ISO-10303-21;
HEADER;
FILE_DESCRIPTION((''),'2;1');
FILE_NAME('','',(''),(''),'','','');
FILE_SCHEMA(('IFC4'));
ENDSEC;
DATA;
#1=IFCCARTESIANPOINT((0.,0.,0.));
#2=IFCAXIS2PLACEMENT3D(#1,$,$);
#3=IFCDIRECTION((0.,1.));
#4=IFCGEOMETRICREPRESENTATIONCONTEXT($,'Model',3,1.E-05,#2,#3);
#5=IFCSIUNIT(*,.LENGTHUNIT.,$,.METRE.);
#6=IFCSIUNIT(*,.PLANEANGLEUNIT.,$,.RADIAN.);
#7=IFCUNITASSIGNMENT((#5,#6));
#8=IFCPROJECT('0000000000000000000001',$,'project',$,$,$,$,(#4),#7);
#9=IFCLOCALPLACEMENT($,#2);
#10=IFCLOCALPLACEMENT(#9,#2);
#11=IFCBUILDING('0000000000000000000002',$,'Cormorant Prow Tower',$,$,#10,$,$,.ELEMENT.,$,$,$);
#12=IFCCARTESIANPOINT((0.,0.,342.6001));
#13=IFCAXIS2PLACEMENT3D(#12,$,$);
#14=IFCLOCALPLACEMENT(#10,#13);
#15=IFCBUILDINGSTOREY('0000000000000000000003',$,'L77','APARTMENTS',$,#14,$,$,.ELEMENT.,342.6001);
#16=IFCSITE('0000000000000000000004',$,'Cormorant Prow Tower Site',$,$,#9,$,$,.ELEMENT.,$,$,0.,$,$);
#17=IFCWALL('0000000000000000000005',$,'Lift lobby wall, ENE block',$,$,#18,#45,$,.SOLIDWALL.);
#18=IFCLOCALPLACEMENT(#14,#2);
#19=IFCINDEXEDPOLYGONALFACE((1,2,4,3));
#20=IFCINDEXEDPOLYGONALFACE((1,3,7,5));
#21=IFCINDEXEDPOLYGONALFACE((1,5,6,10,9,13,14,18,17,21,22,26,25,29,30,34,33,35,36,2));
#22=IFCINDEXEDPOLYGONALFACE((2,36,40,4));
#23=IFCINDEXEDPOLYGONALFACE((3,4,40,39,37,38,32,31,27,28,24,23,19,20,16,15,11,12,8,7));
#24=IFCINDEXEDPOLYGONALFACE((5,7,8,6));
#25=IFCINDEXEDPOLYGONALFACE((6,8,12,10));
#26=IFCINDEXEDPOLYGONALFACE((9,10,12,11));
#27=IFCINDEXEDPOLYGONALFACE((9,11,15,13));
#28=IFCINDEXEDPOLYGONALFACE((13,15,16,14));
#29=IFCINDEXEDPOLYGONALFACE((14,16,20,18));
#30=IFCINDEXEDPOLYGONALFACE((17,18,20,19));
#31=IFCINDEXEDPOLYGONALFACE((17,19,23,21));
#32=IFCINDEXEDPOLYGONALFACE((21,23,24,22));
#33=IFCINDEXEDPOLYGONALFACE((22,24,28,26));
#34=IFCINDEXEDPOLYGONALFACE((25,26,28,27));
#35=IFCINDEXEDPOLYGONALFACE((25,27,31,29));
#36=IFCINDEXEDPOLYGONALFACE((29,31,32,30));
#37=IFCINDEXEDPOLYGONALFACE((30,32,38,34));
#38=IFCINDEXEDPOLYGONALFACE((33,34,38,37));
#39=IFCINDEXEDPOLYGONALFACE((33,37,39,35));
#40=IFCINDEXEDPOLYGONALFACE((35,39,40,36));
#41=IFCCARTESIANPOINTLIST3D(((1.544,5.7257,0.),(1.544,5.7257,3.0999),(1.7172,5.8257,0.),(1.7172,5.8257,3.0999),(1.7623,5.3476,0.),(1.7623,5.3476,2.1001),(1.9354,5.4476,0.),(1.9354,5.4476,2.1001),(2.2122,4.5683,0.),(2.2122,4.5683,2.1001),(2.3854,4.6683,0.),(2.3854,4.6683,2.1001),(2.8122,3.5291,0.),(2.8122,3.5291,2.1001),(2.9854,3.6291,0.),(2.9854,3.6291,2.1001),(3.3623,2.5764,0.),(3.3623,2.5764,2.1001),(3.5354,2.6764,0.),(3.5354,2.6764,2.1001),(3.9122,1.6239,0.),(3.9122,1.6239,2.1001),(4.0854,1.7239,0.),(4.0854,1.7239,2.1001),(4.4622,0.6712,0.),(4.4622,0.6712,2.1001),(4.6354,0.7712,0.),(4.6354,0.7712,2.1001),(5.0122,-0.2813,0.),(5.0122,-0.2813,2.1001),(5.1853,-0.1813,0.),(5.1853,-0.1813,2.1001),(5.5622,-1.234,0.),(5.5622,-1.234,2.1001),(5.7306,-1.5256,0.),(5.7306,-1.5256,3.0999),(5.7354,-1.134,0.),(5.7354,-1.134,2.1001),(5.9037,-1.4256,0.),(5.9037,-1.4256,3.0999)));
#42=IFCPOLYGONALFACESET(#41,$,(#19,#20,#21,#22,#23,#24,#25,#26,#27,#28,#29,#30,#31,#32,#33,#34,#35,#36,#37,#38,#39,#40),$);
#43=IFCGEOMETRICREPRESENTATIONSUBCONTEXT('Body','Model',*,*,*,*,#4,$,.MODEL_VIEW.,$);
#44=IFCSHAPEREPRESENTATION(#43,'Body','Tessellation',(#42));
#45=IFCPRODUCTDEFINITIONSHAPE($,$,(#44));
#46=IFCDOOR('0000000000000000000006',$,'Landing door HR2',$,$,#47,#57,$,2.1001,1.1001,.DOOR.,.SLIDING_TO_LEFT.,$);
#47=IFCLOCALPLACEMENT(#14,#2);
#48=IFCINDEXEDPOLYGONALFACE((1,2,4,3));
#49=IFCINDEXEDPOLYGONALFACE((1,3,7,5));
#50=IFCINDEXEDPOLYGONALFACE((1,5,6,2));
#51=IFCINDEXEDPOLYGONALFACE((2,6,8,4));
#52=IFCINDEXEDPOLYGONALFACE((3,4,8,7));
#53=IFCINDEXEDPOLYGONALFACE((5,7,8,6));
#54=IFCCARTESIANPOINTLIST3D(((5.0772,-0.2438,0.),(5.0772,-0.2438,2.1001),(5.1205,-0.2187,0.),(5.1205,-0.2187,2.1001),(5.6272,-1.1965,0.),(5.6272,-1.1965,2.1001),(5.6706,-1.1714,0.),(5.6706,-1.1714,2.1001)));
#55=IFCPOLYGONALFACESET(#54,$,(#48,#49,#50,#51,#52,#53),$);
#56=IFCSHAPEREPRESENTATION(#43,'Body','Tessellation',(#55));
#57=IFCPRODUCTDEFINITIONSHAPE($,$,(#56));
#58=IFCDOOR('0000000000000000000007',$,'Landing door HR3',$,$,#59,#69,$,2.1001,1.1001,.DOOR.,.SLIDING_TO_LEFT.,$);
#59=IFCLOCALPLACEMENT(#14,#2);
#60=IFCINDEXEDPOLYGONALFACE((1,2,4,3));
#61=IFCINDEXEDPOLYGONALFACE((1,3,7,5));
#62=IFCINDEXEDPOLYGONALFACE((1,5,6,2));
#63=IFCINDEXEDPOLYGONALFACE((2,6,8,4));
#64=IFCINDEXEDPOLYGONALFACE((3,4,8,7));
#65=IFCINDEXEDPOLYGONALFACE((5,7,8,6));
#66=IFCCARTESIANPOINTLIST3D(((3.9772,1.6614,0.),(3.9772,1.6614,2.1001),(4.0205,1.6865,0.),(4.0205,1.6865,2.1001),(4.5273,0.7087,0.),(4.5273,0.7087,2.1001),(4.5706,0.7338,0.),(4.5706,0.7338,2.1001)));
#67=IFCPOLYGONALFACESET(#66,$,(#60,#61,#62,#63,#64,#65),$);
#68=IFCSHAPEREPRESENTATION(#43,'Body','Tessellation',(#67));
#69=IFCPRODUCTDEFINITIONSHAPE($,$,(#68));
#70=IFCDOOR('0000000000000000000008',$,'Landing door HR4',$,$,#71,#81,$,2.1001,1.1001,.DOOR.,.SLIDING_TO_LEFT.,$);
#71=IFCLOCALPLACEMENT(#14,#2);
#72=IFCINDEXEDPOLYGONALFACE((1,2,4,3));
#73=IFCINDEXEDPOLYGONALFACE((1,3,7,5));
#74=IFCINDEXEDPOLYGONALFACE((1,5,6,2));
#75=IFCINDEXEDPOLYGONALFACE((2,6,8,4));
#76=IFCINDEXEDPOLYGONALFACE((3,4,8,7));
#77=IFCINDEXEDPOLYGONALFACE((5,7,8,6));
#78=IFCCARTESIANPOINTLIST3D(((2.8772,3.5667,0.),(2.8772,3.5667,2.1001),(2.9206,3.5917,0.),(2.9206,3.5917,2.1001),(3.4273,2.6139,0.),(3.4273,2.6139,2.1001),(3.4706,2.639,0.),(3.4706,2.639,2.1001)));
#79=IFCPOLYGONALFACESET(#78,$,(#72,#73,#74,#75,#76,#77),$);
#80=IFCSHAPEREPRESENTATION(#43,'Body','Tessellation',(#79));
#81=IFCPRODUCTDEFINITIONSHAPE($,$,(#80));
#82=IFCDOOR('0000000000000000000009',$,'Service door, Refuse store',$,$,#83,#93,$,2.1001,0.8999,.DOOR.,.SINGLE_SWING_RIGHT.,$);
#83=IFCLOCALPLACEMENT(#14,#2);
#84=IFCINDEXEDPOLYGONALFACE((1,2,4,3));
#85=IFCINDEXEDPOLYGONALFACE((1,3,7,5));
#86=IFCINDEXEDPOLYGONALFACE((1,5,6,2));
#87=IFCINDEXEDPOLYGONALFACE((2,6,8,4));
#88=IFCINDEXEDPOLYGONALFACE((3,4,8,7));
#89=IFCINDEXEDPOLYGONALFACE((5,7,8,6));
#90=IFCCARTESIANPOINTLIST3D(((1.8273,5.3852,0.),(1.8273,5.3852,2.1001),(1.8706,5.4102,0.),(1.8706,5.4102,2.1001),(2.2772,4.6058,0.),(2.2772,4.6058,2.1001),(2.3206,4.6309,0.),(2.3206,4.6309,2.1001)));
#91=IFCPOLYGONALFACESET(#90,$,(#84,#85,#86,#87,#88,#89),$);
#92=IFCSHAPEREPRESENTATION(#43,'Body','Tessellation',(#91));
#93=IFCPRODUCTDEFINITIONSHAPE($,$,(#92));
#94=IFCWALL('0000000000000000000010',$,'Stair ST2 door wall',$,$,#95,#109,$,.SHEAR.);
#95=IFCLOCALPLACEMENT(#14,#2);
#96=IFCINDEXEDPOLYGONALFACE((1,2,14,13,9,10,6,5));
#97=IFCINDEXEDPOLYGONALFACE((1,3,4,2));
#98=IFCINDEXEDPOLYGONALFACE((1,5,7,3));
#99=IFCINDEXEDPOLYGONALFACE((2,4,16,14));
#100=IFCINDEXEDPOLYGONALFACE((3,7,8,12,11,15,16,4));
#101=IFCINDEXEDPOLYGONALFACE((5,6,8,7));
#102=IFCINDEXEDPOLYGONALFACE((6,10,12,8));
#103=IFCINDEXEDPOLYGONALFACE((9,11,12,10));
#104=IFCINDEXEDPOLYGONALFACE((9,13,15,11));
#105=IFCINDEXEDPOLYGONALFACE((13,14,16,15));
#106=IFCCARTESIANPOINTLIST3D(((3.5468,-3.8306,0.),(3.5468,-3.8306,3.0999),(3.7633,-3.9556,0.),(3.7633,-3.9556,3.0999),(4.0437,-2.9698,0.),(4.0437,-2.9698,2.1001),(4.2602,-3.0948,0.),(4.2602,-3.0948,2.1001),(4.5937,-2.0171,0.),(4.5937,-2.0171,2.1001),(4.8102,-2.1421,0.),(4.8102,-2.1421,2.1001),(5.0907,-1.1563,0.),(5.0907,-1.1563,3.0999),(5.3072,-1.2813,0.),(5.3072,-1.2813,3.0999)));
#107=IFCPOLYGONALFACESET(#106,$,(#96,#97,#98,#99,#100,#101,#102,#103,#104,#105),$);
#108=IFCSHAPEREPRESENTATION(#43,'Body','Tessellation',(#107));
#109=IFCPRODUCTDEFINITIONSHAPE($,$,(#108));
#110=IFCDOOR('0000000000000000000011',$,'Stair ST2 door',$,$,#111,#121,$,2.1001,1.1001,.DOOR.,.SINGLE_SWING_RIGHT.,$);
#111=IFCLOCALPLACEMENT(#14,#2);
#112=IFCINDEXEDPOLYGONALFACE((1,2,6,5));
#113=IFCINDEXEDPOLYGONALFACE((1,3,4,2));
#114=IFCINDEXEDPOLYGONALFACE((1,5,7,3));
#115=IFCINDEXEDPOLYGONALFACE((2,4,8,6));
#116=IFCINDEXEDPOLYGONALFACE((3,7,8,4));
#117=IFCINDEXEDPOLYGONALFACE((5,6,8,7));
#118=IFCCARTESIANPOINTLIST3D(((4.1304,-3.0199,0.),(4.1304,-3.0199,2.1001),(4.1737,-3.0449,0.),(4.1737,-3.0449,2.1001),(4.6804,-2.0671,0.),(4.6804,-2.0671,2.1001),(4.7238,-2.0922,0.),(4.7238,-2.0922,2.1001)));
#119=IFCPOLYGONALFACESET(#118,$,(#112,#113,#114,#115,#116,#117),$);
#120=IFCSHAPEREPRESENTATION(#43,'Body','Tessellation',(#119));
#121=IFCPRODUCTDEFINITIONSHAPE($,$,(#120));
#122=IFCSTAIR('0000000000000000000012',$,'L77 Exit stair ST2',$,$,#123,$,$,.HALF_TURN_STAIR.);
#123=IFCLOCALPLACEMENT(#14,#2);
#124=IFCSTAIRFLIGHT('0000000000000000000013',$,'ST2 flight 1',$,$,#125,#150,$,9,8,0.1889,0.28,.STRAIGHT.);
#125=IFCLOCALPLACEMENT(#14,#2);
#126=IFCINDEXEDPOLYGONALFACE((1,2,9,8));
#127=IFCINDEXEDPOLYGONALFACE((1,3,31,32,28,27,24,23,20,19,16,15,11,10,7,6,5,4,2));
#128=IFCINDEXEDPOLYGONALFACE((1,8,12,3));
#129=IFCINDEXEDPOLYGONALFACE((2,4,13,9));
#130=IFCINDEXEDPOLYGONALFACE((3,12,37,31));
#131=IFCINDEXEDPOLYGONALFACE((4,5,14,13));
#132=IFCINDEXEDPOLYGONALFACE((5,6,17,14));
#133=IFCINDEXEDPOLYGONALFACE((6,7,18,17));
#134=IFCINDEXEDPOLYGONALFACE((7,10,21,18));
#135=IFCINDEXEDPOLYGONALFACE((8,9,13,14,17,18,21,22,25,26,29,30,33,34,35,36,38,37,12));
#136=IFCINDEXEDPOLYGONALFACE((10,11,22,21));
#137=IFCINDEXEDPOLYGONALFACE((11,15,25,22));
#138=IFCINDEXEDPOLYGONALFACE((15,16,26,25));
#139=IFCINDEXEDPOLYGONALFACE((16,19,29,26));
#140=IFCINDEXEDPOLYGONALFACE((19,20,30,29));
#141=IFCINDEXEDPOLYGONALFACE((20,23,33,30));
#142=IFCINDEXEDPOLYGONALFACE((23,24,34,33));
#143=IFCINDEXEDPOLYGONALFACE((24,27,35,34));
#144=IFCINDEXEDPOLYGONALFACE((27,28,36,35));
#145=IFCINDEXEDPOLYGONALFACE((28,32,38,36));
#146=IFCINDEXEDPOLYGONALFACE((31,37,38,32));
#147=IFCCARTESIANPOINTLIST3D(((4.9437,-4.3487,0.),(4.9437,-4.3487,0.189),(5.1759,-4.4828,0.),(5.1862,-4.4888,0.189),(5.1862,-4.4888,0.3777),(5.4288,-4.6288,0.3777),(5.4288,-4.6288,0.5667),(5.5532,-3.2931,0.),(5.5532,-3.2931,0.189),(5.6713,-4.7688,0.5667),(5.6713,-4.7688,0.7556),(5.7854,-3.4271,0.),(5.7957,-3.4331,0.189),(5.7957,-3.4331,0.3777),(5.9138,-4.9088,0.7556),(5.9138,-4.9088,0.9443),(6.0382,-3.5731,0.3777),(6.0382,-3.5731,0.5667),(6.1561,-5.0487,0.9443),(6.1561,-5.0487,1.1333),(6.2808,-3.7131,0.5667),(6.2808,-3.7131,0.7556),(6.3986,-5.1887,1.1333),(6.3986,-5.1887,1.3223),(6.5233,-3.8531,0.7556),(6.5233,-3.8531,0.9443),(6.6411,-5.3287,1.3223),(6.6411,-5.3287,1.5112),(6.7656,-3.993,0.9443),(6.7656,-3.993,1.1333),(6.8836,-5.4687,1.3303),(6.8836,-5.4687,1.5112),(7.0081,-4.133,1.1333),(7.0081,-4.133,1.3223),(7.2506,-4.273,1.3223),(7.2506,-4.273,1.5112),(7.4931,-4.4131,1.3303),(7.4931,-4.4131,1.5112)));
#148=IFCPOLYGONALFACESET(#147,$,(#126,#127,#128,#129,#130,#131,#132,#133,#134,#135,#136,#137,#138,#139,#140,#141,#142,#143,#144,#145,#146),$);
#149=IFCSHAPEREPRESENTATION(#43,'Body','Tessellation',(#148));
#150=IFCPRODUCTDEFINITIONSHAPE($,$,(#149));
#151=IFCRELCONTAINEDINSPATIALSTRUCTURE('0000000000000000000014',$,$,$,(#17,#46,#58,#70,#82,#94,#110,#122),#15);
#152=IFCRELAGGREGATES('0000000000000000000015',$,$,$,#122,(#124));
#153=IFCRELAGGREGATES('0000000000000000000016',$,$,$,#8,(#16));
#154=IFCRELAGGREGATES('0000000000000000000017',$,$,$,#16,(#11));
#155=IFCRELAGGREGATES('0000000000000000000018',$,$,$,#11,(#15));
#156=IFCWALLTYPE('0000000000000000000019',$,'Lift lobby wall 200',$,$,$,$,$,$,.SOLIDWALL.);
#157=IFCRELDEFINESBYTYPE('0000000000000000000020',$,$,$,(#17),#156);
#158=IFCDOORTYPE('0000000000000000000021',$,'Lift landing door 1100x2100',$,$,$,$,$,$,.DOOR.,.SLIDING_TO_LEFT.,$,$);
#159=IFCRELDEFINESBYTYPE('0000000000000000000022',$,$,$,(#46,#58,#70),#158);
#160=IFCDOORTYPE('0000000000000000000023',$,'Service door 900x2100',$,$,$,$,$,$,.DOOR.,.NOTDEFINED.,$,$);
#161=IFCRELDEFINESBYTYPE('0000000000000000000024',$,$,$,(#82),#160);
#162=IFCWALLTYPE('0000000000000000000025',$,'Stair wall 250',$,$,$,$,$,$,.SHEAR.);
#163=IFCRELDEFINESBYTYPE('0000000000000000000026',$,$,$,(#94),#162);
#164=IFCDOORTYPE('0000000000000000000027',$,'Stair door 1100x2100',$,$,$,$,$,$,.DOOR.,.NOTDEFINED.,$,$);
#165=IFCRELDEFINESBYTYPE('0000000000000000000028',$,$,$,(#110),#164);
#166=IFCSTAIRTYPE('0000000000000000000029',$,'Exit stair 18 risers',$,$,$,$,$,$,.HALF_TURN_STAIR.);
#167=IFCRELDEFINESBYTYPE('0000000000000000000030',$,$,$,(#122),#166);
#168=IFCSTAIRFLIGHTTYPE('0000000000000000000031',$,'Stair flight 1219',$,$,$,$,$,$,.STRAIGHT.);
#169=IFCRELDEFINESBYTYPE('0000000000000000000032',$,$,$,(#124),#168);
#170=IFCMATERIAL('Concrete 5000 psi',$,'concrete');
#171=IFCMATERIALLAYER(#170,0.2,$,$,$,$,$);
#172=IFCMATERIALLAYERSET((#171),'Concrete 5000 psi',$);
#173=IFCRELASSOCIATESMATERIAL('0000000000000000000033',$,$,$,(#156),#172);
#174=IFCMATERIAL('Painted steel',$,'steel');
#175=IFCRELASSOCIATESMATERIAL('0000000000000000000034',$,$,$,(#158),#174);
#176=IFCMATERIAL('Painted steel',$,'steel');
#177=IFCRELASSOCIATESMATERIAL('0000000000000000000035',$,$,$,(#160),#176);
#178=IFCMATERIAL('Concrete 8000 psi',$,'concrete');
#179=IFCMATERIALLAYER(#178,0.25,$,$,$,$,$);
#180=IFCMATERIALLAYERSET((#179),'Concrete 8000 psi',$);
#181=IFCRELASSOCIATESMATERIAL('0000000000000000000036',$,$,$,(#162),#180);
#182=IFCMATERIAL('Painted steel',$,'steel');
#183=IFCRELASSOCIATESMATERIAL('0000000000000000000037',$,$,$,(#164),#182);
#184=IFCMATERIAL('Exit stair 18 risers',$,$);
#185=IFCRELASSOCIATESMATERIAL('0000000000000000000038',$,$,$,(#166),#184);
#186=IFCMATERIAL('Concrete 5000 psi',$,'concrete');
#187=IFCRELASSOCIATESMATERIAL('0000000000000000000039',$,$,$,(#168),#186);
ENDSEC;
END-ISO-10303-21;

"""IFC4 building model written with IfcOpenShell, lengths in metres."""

from ifc_helpers import new_model, si_unit, direction, frame, frame_2d, origin, place, context, subcontext, project, spatial, polyline, rectangle, outline, extrude, material, layer, layer_set, type_object, element, fill, aggregate, save


model = new_model("IFC4")

# Units and contexts
model_context = context("Model", 3, precision=1e-05, world=origin(), true_north=direction((0.0, 1.0)))
body_context = subcontext(model_context, "Body", "Model", "MODEL_VIEW")
ifc_project = project(units=[si_unit("LENGTHUNIT", "METRE"), si_unit("PLANEANGLEUNIT", "RADIAN")], contexts=[model_context])

# Site, building, storey
site_placement = place(None, origin())
site = spatial("IfcSite", under=ifc_project, at=site_placement, Name="Cormorant Prow Tower Site", CompositionType="ELEMENT", RefElevation=0.0)
building_placement = place(site_placement, origin())
building = spatial("IfcBuilding", under=site, at=building_placement, Name="Cormorant Prow Tower", CompositionType="ELEMENT")
storey_placement = place(building_placement, frame((0.0, 0.0, 342.6001)))
storey = spatial("IfcBuildingStorey", under=building, at=storey_placement, Name="L77", Description="APARTMENTS", CompositionType="ELEMENT", Elevation=342.6001)

# Wall, openings, doors
ifc_material_1 = material(Name="Concrete 5000 psi", Category="concrete")
ifc_layer_1 = layer(ifc_material_1, 0.2)
ifc_layer_set_1 = layer_set([ifc_layer_1], Name="Concrete 5000 psi")
wall_type_1 = type_object("IfcWallType", Name="Lift lobby wall 200", PredefinedType="SOLIDWALL", material=ifc_layer_set_1)
wall_1_placement = place(storey_placement, frame((5.8171, -1.4756, 0.0), z_axis=(0.0, 0.0, 1.0), x_axis=(-0.500003, 0.866024, 0.0)))
wall_1 = element("IfcWall", 1, at=wall_1_placement, inside=storey, type_object=wall_type_1, Name="Lift lobby wall, ENE block", PredefinedType="SOLIDWALL", context=body_context, shape_type="SweptSolid", body=[
    extrude(rectangle(XDim=8.373, YDim=0.2, at=frame_2d((4.1865, 0.0))), origin(), (0.0, 0.0, 1.0), 3.0999),
])
opening_1_placement = place(wall_1_placement, frame((0.3367, 0.0, 0.0)))
opening_1 = element("IfcOpeningElement", 2, at=opening_1_placement, cuts=wall_1, PredefinedType="OPENING", context=body_context, shape_type="SweptSolid", body=[
    extrude(rectangle(XDim=1.1001, YDim=2.1001, at=frame_2d((0.55, 1.05))), frame((0.0, 0.1099, 0.0), z_axis=(0.0, -1.0, 0.0), x_axis=(1.0, 0.0, 0.0)), (0.0, 0.0, 1.0), 0.22),
])
opening_2_placement = place(wall_1_placement, frame((2.5366, 0.0, 0.0)))
opening_2 = element("IfcOpeningElement", 3, at=opening_2_placement, cuts=wall_1, PredefinedType="OPENING", context=body_context, shape_type="SweptSolid", body=[
    extrude(rectangle(XDim=1.1001, YDim=2.1001, at=frame_2d((0.55, 1.05))), frame((0.0, 0.1099, 0.0), z_axis=(0.0, -1.0, 0.0), x_axis=(1.0, 0.0, 0.0)), (0.0, 0.0, 1.0), 0.22),
])
opening_3_placement = place(wall_1_placement, frame((4.7366, 0.0, 0.0)))
opening_3 = element("IfcOpeningElement", 4, at=opening_3_placement, cuts=wall_1, PredefinedType="OPENING", context=body_context, shape_type="SweptSolid", body=[
    extrude(rectangle(XDim=1.1001, YDim=2.1001, at=frame_2d((0.55, 1.05))), frame((0.0, 0.1099, 0.0), z_axis=(0.0, -1.0, 0.0), x_axis=(1.0, 0.0, 0.0)), (0.0, 0.0, 1.0), 0.22),
])
opening_4_placement = place(wall_1_placement, frame((7.0366, 0.0, 0.0)))
opening_4 = element("IfcOpeningElement", 5, at=opening_4_placement, cuts=wall_1, PredefinedType="OPENING", context=body_context, shape_type="SweptSolid", body=[
    extrude(rectangle(XDim=0.8999, YDim=2.1001, at=frame_2d((0.45, 1.05))), frame((0.0, 0.1099, 0.0), z_axis=(0.0, -1.0, 0.0), x_axis=(1.0, 0.0, 0.0)), (0.0, 0.0, 1.0), 0.22),
])
ifc_material_2 = material(Name="Painted steel", Category="steel")
door_type_1 = type_object("IfcDoorType", Name="Lift landing door 1100x2100", OperationType="SLIDING_TO_LEFT", PredefinedType="DOOR", material=ifc_material_2)
door_1_placement = place(opening_1_placement, origin())
door_1 = element("IfcDoor", 6, at=door_1_placement, inside=storey, type_object=door_type_1, Name="Landing door HR2", OperationType="SLIDING_TO_LEFT", OverallHeight=2.1001, OverallWidth=1.1001, PredefinedType="DOOR", context=body_context, shape_type="SweptSolid", body=[
    extrude(rectangle(XDim=1.1001, YDim=2.1001, at=frame_2d((0.55, 1.05))), frame((0.0, 0.0249, 0.0), z_axis=(0.0, -1.0, 0.0), x_axis=(1.0, 0.0, 0.0)), (0.0, 0.0, 1.0), 0.05),
])
fill(opening_1, door_1)
door_2_placement = place(opening_2_placement, origin())
door_2 = element("IfcDoor", 7, at=door_2_placement, inside=storey, type_object=door_type_1, Name="Landing door HR3", OperationType="SLIDING_TO_LEFT", OverallHeight=2.1001, OverallWidth=1.1001, PredefinedType="DOOR", context=body_context, shape_type="SweptSolid", body=[
    extrude(rectangle(XDim=1.1001, YDim=2.1001, at=frame_2d((0.55, 1.05))), frame((0.0, 0.0249, 0.0), z_axis=(0.0, -1.0, 0.0), x_axis=(1.0, 0.0, 0.0)), (0.0, 0.0, 1.0), 0.05),
])
fill(opening_2, door_2)
door_3_placement = place(opening_3_placement, origin())
door_3 = element("IfcDoor", 8, at=door_3_placement, inside=storey, type_object=door_type_1, Name="Landing door HR4", OperationType="SLIDING_TO_LEFT", OverallHeight=2.1001, OverallWidth=1.1001, PredefinedType="DOOR", context=body_context, shape_type="SweptSolid", body=[
    extrude(rectangle(XDim=1.1001, YDim=2.1001, at=frame_2d((0.55, 1.05))), frame((0.0, 0.0249, 0.0), z_axis=(0.0, -1.0, 0.0), x_axis=(1.0, 0.0, 0.0)), (0.0, 0.0, 1.0), 0.05),
])
fill(opening_3, door_3)
ifc_material_3 = material(Name="Painted steel", Category="steel")
door_type_2 = type_object("IfcDoorType", Name="Service door 900x2100", OperationType="NOTDEFINED", PredefinedType="DOOR", material=ifc_material_3)
door_4_placement = place(opening_4_placement, origin())
door_4 = element("IfcDoor", 9, at=door_4_placement, inside=storey, type_object=door_type_2, Name="Service door, Refuse store", OperationType="SINGLE_SWING_RIGHT", OverallHeight=2.1001, OverallWidth=0.8999, PredefinedType="DOOR", context=body_context, shape_type="SweptSolid", body=[
    extrude(rectangle(XDim=0.8999, YDim=2.1001, at=frame_2d((0.45, 1.05))), frame((0.0, 0.0249, 0.0), z_axis=(0.0, -1.0, 0.0), x_axis=(1.0, 0.0, 0.0)), (0.0, 0.0, 1.0), 0.05),
])
fill(opening_4, door_4)

# Wall, opening, door
ifc_material_4 = material(Name="Concrete 8000 psi", Category="concrete")
ifc_layer_2 = layer(ifc_material_4, 0.25)
ifc_layer_set_2 = layer_set([ifc_layer_2], Name="Concrete 8000 psi")
wall_type_2 = type_object("IfcWallType", Name="Stair wall 250", PredefinedType="SHEAR", material=ifc_layer_set_2)
wall_2_placement = place(storey_placement, frame((3.655, -3.8931, 0.0), z_axis=(0.0, 0.0, 1.0), x_axis=(0.499983, 0.866035, 0.0)))
wall_2 = element("IfcWall", 10, at=wall_2_placement, inside=storey, type_object=wall_type_2, Name="Stair ST2 door wall", PredefinedType="SHEAR", context=body_context, shape_type="SweptSolid", body=[
    extrude(rectangle(XDim=3.0879, YDim=0.25, at=frame_2d((1.5439, 0.0))), origin(), (0.0, 0.0, 1.0), 3.0999),
])
opening_5_placement = place(wall_2_placement, frame((0.9939, 0.0, 0.0)))
opening_5 = element("IfcOpeningElement", 11, at=opening_5_placement, cuts=wall_2, PredefinedType="OPENING", context=body_context, shape_type="SweptSolid", body=[
    extrude(rectangle(XDim=1.1001, YDim=2.1001, at=frame_2d((0.55, 1.05))), frame((0.0, 0.135, 0.0), z_axis=(0.0, -1.0, 0.0), x_axis=(1.0, 0.0, 0.0)), (0.0, 0.0, 1.0), 0.27),
])
ifc_material_5 = material(Name="Painted steel", Category="steel")
door_type_3 = type_object("IfcDoorType", Name="Stair door 1100x2100", OperationType="NOTDEFINED", PredefinedType="DOOR", material=ifc_material_5)
door_5_placement = place(opening_5_placement, origin())
door_5 = element("IfcDoor", 12, at=door_5_placement, inside=storey, type_object=door_type_3, Name="Stair ST2 door", OperationType="SINGLE_SWING_RIGHT", OverallHeight=2.1001, OverallWidth=1.1001, PredefinedType="DOOR", context=body_context, shape_type="SweptSolid", body=[
    extrude(rectangle(XDim=1.1001, YDim=2.1001, at=frame_2d((0.55, 1.05))), frame((0.0, 0.0249, 0.0), z_axis=(0.0, -1.0, 0.0), x_axis=(1.0, 0.0, 0.0)), (0.0, 0.0, 1.0), 0.05),
])
fill(opening_5, door_5)

# Stair, stair flight
ifc_material_6 = material(Name="Exit stair 18 risers")
stair_type = type_object("IfcStairType", Name="Exit stair 18 risers", PredefinedType="HALF_TURN_STAIR", material=ifc_material_6)
stair_placement = place(storey_placement, origin())
stair = element("IfcStair", 13, at=stair_placement, inside=storey, type_object=stair_type, Name="L77 Exit stair ST2", PredefinedType="HALF_TURN_STAIR")
ifc_material_7 = material(Name="Concrete 5000 psi", Category="concrete")
stair_flight_type = type_object("IfcStairFlightType", Name="Stair flight 1219", PredefinedType="STRAIGHT", material=ifc_material_7)
stair_flight_1_placement = place(storey_placement, frame((5.2485, -3.8208, 0.0), z_axis=(0.0, 0.0, 1.0), x_axis=(0.866025, -0.5, 0.0)))
stair_flight_1 = element("IfcStairFlight", 14, at=stair_flight_1_placement, type_object=stair_flight_type, Name="ST2 flight 1", NumberOfRisers=9, NumberOfTreads=8, PredefinedType="STRAIGHT", RiserHeight=0.1889, TreadLength=0.28, context=body_context, shape_type="SweptSolid", body=[
    extrude(outline(polyline([(0.0, 0.0), (0.0, 0.189), (0.28, 0.189), (0.28, 0.3777), (0.5601, 0.3777), (0.5601, 0.5667), (0.8401, 0.5667), (0.8401, 0.7556), (1.1201, 0.7556), (1.1201, 0.9443), (1.3999, 0.9443), (1.3999, 1.1333), (1.6799, 1.1333), (1.6799, 1.3223), (1.96, 1.3223), (1.96, 1.5112), (2.24, 1.5112), (2.24, 1.7), (2.24, 1.3303), (0.2681, 0.0), (0.0, 0.0)])), frame((0.0, 0.6094, 0.0), z_axis=(0.0, -1.0, 0.0), x_axis=(1.0, 0.0, 0.0)), (0.0, 0.0, 1.0), 1.219),
])
aggregate(stair, [stair_flight_1])

save(model, "model.ifc")
